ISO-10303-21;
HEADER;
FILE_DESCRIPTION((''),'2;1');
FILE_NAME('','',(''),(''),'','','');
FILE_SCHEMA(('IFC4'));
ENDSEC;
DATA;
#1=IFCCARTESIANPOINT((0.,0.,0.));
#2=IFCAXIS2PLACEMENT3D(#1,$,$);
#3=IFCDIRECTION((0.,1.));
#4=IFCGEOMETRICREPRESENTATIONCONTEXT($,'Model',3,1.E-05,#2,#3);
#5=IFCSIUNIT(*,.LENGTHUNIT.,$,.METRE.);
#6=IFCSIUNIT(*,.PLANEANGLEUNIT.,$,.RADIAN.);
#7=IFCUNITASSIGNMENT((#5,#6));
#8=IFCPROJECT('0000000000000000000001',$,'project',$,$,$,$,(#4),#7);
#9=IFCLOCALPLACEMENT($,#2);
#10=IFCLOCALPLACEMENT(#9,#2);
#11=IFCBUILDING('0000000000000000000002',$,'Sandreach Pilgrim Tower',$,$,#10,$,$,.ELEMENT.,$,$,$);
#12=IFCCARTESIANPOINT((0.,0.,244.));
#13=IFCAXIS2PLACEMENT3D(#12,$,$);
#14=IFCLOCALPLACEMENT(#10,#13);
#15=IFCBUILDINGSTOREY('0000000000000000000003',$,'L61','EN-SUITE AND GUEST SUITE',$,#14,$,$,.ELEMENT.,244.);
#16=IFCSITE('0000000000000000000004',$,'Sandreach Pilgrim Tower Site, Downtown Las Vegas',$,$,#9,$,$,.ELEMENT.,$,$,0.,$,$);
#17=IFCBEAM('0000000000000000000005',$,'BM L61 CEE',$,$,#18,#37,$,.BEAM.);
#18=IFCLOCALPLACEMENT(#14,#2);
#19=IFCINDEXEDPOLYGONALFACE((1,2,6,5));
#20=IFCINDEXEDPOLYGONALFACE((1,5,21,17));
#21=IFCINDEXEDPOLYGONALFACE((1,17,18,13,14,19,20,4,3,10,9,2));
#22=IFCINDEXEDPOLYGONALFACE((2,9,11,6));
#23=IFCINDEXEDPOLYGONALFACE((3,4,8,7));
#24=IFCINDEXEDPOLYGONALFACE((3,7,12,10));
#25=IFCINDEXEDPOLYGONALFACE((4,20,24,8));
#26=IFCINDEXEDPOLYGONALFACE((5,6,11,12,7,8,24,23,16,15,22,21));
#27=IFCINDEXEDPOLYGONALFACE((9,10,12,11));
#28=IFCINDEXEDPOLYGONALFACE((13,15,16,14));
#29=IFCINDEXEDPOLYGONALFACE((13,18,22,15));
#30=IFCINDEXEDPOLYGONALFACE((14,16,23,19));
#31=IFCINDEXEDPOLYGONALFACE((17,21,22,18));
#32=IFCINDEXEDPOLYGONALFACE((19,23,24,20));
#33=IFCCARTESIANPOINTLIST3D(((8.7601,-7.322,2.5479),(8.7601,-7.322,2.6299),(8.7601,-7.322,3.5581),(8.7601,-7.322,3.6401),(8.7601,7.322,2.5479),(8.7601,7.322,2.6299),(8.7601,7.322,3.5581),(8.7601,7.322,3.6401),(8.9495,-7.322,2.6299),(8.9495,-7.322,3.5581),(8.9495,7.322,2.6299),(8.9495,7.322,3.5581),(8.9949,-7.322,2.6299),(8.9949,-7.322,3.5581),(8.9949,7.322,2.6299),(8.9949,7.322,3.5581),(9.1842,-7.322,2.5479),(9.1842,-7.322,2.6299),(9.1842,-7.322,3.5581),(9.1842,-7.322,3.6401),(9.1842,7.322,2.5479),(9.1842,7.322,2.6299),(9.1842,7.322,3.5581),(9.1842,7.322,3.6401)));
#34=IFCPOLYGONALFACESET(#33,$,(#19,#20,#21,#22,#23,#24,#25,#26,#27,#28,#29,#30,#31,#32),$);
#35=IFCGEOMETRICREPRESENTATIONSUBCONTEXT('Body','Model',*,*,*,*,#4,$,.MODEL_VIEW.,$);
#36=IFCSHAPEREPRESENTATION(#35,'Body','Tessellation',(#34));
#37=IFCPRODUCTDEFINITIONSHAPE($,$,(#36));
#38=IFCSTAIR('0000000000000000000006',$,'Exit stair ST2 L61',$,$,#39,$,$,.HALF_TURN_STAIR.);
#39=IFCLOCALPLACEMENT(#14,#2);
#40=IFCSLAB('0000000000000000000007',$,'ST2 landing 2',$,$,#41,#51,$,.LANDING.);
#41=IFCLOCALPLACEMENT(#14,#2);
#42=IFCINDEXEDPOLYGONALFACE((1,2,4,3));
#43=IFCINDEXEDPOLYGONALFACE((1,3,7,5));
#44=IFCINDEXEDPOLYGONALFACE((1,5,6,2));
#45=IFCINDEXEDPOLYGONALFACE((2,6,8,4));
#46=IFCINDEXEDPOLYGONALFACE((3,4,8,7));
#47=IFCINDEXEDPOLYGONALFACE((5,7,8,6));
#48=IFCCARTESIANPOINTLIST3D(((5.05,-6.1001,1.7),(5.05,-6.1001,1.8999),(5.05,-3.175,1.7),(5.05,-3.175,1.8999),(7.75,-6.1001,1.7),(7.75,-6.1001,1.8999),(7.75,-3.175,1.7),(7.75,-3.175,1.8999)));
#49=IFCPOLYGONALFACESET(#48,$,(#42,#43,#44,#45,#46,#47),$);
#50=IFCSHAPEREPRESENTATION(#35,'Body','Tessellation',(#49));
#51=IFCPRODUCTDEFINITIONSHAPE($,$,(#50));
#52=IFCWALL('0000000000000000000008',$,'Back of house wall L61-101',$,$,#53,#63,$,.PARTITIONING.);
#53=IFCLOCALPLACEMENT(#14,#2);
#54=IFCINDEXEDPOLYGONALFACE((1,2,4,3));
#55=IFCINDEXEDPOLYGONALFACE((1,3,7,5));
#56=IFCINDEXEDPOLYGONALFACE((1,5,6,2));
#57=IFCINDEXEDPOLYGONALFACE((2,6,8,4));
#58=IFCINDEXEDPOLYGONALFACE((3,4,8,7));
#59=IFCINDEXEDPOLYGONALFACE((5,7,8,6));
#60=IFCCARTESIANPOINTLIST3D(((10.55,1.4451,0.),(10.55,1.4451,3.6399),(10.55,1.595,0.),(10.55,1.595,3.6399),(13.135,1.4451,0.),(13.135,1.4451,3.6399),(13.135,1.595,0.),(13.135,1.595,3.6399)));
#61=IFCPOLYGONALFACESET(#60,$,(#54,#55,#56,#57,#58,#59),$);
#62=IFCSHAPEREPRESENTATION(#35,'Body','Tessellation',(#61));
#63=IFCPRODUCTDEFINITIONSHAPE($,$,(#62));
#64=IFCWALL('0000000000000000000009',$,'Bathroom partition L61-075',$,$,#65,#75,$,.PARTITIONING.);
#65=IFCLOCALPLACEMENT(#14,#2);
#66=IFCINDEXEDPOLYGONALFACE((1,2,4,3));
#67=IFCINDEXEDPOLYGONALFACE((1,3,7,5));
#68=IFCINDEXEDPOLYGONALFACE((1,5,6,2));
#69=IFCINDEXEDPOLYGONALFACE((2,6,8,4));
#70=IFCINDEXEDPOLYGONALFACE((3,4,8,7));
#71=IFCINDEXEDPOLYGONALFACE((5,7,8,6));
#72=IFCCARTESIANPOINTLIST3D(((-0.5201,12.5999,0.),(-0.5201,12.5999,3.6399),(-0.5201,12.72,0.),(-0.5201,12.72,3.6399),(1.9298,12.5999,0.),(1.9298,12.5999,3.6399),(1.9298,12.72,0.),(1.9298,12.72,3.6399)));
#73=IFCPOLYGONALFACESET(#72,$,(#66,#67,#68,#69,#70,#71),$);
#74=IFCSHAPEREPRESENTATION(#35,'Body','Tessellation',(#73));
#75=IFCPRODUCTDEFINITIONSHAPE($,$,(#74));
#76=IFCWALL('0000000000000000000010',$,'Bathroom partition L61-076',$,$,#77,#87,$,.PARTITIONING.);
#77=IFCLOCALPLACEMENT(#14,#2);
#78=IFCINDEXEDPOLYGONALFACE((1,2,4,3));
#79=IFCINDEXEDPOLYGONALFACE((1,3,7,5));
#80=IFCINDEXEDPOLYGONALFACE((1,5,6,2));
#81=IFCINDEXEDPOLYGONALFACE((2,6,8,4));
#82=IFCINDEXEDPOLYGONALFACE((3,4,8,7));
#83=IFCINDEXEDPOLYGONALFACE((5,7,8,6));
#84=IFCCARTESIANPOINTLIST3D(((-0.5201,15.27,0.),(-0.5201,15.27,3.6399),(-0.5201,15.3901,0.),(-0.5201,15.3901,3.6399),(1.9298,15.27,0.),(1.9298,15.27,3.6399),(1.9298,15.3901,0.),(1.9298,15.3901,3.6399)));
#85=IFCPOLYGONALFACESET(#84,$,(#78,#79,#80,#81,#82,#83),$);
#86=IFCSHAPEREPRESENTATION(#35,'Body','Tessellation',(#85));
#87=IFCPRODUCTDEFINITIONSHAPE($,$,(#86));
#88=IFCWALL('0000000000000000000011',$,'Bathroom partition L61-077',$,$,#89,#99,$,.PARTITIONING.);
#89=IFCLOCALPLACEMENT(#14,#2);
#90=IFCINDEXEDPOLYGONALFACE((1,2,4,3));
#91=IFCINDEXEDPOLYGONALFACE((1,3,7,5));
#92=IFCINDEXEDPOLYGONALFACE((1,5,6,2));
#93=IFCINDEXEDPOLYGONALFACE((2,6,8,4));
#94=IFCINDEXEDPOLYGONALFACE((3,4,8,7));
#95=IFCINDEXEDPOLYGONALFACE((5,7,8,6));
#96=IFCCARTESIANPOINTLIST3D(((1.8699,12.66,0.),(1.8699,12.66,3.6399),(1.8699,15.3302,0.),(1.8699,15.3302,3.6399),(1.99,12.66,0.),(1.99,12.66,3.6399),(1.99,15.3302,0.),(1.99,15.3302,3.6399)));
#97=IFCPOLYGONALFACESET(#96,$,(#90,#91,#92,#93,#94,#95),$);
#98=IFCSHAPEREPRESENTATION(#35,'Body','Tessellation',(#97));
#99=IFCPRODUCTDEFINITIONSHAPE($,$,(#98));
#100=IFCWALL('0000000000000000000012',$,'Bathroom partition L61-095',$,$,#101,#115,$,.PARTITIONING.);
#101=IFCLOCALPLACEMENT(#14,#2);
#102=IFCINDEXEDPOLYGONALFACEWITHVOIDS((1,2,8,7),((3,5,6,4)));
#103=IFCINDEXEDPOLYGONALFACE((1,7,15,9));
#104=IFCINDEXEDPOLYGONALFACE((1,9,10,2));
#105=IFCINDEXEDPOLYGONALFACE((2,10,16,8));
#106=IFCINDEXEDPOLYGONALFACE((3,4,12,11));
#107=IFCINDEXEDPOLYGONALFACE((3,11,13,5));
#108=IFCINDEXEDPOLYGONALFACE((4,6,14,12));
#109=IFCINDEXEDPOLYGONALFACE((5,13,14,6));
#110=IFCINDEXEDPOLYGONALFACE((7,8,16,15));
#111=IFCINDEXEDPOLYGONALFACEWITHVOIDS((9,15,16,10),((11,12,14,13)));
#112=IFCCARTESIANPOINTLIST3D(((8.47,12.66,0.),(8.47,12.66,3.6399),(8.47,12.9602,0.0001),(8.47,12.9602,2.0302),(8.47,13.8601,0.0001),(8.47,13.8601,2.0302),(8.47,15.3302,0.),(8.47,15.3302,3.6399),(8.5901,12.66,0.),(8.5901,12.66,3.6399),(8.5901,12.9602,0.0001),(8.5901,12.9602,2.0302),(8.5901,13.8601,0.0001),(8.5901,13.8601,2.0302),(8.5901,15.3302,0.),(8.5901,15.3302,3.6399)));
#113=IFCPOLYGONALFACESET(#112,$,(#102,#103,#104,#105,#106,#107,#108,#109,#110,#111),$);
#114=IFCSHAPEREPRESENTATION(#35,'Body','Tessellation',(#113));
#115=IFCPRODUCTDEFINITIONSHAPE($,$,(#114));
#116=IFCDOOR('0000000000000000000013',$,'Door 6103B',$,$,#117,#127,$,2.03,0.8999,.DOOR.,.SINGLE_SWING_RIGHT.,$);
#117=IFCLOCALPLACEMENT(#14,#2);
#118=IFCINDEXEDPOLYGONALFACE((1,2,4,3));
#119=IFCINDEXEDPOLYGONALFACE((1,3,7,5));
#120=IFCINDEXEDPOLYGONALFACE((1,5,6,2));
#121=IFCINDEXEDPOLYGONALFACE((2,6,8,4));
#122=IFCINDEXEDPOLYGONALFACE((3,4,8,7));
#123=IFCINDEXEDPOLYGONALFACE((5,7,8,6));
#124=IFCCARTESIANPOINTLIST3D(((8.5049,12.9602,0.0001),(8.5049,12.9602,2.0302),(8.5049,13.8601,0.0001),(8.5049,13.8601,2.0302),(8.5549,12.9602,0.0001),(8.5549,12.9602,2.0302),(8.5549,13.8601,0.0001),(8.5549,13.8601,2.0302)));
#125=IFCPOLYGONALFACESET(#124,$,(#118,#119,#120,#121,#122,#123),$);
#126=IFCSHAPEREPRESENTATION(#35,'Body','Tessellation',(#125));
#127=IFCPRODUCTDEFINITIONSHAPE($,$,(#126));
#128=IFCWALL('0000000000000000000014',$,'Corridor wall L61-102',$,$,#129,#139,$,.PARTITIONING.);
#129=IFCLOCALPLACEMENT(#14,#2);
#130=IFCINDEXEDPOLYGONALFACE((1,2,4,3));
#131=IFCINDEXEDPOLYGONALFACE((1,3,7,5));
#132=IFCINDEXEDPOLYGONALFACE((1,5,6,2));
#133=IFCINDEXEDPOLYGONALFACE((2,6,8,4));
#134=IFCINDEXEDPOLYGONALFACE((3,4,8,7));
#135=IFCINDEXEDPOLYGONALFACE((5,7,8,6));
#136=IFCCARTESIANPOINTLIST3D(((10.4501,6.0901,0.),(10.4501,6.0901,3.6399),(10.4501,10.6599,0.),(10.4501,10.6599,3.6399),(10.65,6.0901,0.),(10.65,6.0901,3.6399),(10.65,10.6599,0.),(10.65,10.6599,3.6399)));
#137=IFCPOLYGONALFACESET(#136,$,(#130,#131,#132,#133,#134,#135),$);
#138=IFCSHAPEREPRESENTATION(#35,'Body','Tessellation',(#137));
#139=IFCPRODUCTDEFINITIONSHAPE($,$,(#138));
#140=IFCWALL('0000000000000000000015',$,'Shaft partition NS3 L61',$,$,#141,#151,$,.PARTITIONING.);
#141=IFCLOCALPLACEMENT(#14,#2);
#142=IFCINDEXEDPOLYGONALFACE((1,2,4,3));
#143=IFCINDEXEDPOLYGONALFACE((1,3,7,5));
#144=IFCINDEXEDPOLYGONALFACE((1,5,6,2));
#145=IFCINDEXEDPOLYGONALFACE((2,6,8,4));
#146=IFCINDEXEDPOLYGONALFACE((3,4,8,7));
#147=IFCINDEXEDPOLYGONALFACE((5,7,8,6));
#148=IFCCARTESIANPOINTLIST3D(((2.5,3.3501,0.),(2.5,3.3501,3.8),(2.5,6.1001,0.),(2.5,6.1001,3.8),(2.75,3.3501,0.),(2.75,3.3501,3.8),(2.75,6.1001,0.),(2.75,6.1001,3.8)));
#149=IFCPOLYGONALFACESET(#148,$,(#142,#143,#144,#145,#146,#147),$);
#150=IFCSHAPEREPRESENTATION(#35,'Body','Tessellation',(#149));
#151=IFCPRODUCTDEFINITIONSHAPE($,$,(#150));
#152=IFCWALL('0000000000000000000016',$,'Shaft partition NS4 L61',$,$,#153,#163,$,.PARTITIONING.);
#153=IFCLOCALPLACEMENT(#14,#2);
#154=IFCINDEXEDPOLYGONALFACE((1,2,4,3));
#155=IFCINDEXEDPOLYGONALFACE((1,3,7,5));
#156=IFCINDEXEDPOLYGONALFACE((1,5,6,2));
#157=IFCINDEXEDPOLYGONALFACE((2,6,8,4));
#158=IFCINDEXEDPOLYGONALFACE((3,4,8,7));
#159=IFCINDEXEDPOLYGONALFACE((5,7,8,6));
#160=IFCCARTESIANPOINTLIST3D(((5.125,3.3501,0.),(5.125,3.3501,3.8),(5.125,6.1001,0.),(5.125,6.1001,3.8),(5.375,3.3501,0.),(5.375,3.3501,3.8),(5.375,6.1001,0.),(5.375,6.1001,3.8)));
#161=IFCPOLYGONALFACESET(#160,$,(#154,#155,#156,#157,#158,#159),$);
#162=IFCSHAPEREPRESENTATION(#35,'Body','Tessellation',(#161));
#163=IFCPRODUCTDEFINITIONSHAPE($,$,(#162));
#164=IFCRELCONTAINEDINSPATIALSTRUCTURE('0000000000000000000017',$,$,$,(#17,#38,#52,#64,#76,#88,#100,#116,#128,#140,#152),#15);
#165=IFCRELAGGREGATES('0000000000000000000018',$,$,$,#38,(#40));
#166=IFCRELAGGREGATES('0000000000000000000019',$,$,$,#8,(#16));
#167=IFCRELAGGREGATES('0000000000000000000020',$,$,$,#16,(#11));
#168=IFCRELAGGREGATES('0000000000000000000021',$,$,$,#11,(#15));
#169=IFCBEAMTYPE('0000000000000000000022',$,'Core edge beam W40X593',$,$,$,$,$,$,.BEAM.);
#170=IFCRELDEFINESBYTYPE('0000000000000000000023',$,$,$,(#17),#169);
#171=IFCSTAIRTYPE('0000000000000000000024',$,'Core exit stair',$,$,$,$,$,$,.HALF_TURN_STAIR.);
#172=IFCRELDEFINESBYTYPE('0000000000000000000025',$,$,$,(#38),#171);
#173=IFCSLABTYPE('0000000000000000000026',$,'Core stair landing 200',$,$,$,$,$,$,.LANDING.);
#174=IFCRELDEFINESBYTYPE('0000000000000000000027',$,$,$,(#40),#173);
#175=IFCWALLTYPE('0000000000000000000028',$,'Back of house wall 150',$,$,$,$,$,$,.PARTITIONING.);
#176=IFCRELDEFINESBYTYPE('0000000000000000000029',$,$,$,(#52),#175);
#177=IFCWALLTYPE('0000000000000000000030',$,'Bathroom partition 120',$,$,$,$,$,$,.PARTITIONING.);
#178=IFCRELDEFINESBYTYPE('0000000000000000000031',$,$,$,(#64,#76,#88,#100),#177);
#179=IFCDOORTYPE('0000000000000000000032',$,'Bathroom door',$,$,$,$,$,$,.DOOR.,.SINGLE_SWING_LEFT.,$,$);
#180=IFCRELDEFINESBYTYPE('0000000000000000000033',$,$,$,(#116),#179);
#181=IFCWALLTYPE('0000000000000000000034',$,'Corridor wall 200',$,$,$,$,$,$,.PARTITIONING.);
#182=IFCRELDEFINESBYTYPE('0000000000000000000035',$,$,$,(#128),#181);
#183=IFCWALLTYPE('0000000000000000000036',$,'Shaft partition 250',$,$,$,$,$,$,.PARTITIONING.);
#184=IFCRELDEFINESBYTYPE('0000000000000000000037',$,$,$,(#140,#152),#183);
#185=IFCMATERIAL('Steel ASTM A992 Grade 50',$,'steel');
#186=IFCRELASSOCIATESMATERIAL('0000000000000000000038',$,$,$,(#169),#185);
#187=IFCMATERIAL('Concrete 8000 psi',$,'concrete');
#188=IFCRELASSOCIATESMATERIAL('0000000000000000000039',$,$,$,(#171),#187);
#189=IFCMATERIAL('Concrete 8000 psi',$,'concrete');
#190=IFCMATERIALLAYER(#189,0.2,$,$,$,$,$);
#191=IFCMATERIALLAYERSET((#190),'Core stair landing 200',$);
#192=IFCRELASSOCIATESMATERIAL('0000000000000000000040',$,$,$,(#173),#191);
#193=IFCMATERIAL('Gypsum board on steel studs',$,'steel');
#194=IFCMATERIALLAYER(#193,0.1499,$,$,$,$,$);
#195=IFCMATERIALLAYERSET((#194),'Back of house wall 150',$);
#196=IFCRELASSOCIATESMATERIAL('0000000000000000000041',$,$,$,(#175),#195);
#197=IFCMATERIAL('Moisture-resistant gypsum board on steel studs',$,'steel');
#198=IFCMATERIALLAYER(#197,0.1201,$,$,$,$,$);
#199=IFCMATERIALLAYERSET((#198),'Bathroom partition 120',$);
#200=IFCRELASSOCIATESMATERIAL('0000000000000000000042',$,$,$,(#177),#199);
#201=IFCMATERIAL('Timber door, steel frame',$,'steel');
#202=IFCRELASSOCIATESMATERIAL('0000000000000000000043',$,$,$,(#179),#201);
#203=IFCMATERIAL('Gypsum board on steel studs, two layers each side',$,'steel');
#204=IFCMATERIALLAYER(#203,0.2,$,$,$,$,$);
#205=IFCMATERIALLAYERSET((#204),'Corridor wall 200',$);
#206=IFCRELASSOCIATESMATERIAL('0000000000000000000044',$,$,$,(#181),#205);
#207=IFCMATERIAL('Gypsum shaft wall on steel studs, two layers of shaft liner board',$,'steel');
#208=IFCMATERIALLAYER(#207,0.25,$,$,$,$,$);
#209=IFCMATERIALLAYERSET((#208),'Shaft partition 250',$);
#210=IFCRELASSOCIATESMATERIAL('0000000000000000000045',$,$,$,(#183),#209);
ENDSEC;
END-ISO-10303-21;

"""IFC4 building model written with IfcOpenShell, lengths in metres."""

from ifc_helpers import new_model, si_unit, direction, frame, frame_2d, origin, origin_2d, place, context, subcontext, project, spatial, polyline, rectangle, i_section, outline, extrude, material, layer, layer_set, material_profile, profile_set, type_object, element, fill, aggregate, save


model = new_model("IFC4")

# Units and contexts
model_context = context("Model", 3, precision=1e-05, world=origin(), true_north=direction((0.0, 1.0)))
body_context = subcontext(model_context, "Body", "Model", "MODEL_VIEW")
ifc_project = project(units=[si_unit("LENGTHUNIT", "METRE"), si_unit("PLANEANGLEUNIT", "RADIAN")], contexts=[model_context])

# Site, building, storey
site_placement = place(None, origin())
site = spatial("IfcSite", under=ifc_project, at=site_placement, Name="Sandreach Pilgrim Tower Site, Downtown Las Vegas", CompositionType="ELEMENT", RefElevation=0.0)
building_placement = place(site_placement, origin())
building = spatial("IfcBuilding", under=site, at=building_placement, Name="Sandreach Pilgrim Tower", CompositionType="ELEMENT")
storey_placement = place(building_placement, frame((0.0, 0.0, 244.0)))
storey = spatial("IfcBuildingStorey", under=building, at=storey_placement, Name="L61", Description="EN-SUITE AND GUEST SUITE", CompositionType="ELEMENT", Elevation=244.0)

# Beam
ifc_material_1 = material(Name="Steel ASTM A992 Grade 50", Category="steel")
ifc_material_profile = material_profile(ifc_material_1, i_section(OverallWidth=0.4241, OverallDepth=1.0923, WebThickness=0.0454, FlangeThickness=0.082, at=origin_2d()), Name="W40X593")
ifc_profile_set = profile_set([ifc_material_profile], Name="Steel ASTM A992 Grade 50")
beam_type = type_object("IfcBeamType", Name="Core edge beam W40X593", PredefinedType="BEAM", material=ifc_profile_set)
beam_placement = place(storey_placement, frame((8.9722, 7.322, 3.094), z_axis=(0.0, -1.0, 0.0), x_axis=(1.0, 0.0, 0.0)))
element("IfcBeam", 1, at=beam_placement, inside=storey, type_object=beam_type, Name="BM L61 CEE", PredefinedType="BEAM", context=body_context, shape_type="SweptSolid", body=[
    extrude(i_section(OverallWidth=0.4241, OverallDepth=1.0923, WebThickness=0.0454, FlangeThickness=0.082, at=origin_2d()), origin(), (0.0, 0.0, 1.0), 14.644),
])

# Stair, slab
ifc_material_2 = material(Name="Concrete 8000 psi", Category="concrete")
stair_type = type_object("IfcStairType", Name="Core exit stair", PredefinedType="HALF_TURN_STAIR", material=ifc_material_2)
stair_placement = place(storey_placement, origin())
stair = element("IfcStair", 2, at=stair_placement, inside=storey, type_object=stair_type, Name="Exit stair ST2 L61", PredefinedType="HALF_TURN_STAIR")
ifc_material_3 = material(Name="Concrete 8000 psi", Category="concrete")
ifc_layer_1 = layer(ifc_material_3, 0.2)
ifc_layer_set_1 = layer_set([ifc_layer_1], Name="Core stair landing 200")
slab_type = type_object("IfcSlabType", Name="Core stair landing 200", PredefinedType="LANDING", material=ifc_layer_set_1)
slab_placement = place(storey_placement, frame((0.0, 0.0, 1.7)))
slab = element("IfcSlab", 3, at=slab_placement, type_object=slab_type, Name="ST2 landing 2", PredefinedType="LANDING", context=body_context, shape_type="SweptSolid", body=[
    extrude(outline(polyline([(5.05, -6.1001), (7.75, -6.1001), (7.75, -3.175), (5.05, -3.175), (5.05, -6.1001)])), origin(), (0.0, 0.0, 1.0), 0.2),
])
aggregate(stair, [slab])

# Walls
ifc_material_4 = material(Name="Gypsum board on steel studs", Category="steel")
ifc_layer_2 = layer(ifc_material_4, 0.1499)
ifc_layer_set_2 = layer_set([ifc_layer_2], Name="Back of house wall 150")
wall_type_1 = type_object("IfcWallType", Name="Back of house wall 150", PredefinedType="PARTITIONING", material=ifc_layer_set_2)
wall_1_placement = place(storey_placement, frame((10.55, 1.52, 0.0), z_axis=(0.0, 0.0, 1.0), x_axis=(1.0, 0.0, 0.0)))
element("IfcWall", 4, at=wall_1_placement, inside=storey, type_object=wall_type_1, Name="Back of house wall L61-101", PredefinedType="PARTITIONING", context=body_context, shape_type="SweptSolid", body=[
    extrude(rectangle(XDim=2.585, YDim=0.1499, at=frame_2d((1.2925, 0.0))), origin(), (0.0, 0.0, 1.0), 3.6399),
])
ifc_material_5 = material(Name="Moisture-resistant gypsum board on steel studs", Category="steel")
ifc_layer_3 = layer(ifc_material_5, 0.1201)
ifc_layer_set_3 = layer_set([ifc_layer_3], Name="Bathroom partition 120")
wall_type_2 = type_object("IfcWallType", Name="Bathroom partition 120", PredefinedType="PARTITIONING", material=ifc_layer_set_3)
for number, where, z_axis, x_axis, name in (
    (5, (1.9299, 12.6599, 0.0), (0.0, 0.0, 1.0), (-1.0, 0.0, 0.0), "Bathroom partition L61-075"),
    (6, (1.9299, 15.3301, 0.0), (0.0, 0.0, 1.0), (-1.0, 0.0, 0.0), "Bathroom partition L61-076"),
):
    element("IfcWall", number, at=place(storey_placement, frame(where, z_axis=z_axis, x_axis=x_axis)), inside=storey, type_object=wall_type_2, Name=name, PredefinedType="PARTITIONING", context=body_context, shape_type="SweptSolid", body=[
        extrude(rectangle(XDim=2.45, YDim=0.1201, at=frame_2d((1.2251, 0.0))), origin(), (0.0, 0.0, 1.0), 3.6399),
    ])
wall_2_placement = place(storey_placement, frame((1.9299, 15.3301, 0.0), z_axis=(0.0, 0.0, 1.0), x_axis=(0.0, -1.0, 0.0)))
element("IfcWall", 7, at=wall_2_placement, inside=storey, type_object=wall_type_2, Name="Bathroom partition L61-077", PredefinedType="PARTITIONING", context=body_context, shape_type="SweptSolid", body=[
    extrude(rectangle(XDim=2.6702, YDim=0.1201, at=frame_2d((1.335, 0.0))), origin(), (0.0, 0.0, 1.0), 3.6399),
])

# Wall, opening, door
wall_3_placement = place(storey_placement, frame((8.53, 15.3301, 0.0), z_axis=(0.0, 0.0, 1.0), x_axis=(0.0, -1.0, 0.0)))
wall_3 = element("IfcWall", 8, at=wall_3_placement, inside=storey, type_object=wall_type_2, Name="Bathroom partition L61-095", PredefinedType="PARTITIONING", context=body_context, shape_type="SweptSolid", body=[
    extrude(rectangle(XDim=2.6702, YDim=0.1201, at=frame_2d((1.335, 0.0))), origin(), (0.0, 0.0, 1.0), 3.6399),
])
opening_1_placement = place(wall_3_placement, frame((1.47, 0.0, 0.0)))
opening_1 = element("IfcOpeningElement", 9, at=opening_1_placement, cuts=wall_3, PredefinedType="OPENING", context=body_context, shape_type="SweptSolid", body=[
    extrude(rectangle(XDim=0.8999, YDim=2.03, at=frame_2d((0.45, 1.0151))), frame((0.0, 0.0601, 0.0), z_axis=(0.0, -1.0, 0.0), x_axis=(1.0, 0.0, 0.0)), (0.0, 0.0, 1.0), 0.1201),
])
ifc_material_6 = material(Name="Timber door, steel frame", Category="steel")
door_type_1 = type_object("IfcDoorType", Name="Bathroom door", OperationType="SINGLE_SWING_LEFT", PredefinedType="DOOR", material=ifc_material_6)
door_1_placement = place(opening_1_placement, origin())
door_1 = element("IfcDoor", 10, at=door_1_placement, inside=storey, type_object=door_type_1, Name="Door 6103B", OperationType="SINGLE_SWING_RIGHT", OverallHeight=2.03, OverallWidth=0.8999, PredefinedType="DOOR", context=body_context, shape_type="SweptSolid", body=[
    extrude(rectangle(XDim=0.8999, YDim=2.03, at=frame_2d((0.45, 1.0151))), frame((0.0, 0.0249, 0.0), z_axis=(0.0, -1.0, 0.0), x_axis=(1.0, 0.0, 0.0)), (0.0, 0.0, 1.0), 0.05),
])
fill(opening_1, door_1)
ifc_material_7 = material(Name="Gypsum board on steel studs, two layers each side", Category="steel")
ifc_layer_4 = layer(ifc_material_7, 0.2)
ifc_layer_set_4 = layer_set([ifc_layer_4], Name="Corridor wall 200")
wall_type_3 = type_object("IfcWallType", Name="Corridor wall 200", PredefinedType="PARTITIONING", material=ifc_layer_set_4)

# Walls
wall_4_placement = place(storey_placement, frame((10.55, 6.0901, 0.0), z_axis=(0.0, 0.0, 1.0), x_axis=(0.0, 1.0, 0.0)))
element("IfcWall", 11, at=wall_4_placement, inside=storey, type_object=wall_type_3, Name="Corridor wall L61-102", PredefinedType="PARTITIONING", context=body_context, shape_type="SweptSolid", body=[
    extrude(rectangle(XDim=4.5698, YDim=0.2, at=frame_2d((2.2849, 0.0))), origin(), (0.0, 0.0, 1.0), 3.6399),
])
ifc_material_8 = material(Name="Gypsum shaft wall on steel studs, two layers of shaft liner board", Category="steel")
ifc_layer_5 = layer(ifc_material_8, 0.25)
ifc_layer_set_5 = layer_set([ifc_layer_5], Name="Shaft partition 250")
wall_type_4 = type_object("IfcWallType", Name="Shaft partition 250", PredefinedType="PARTITIONING", material=ifc_layer_set_5)
for number, where, z_axis, x_axis, name in (
    (12, (2.625, 3.3501, 0.0), (0.0, 0.0, 1.0), (0.0, 1.0, 0.0), "Shaft partition NS3 L61"),
    (13, (5.25, 3.3501, 0.0), (0.0, 0.0, 1.0), (0.0, 1.0, 0.0), "Shaft partition NS4 L61"),
):
    element("IfcWall", number, at=place(storey_placement, frame(where, z_axis=z_axis, x_axis=x_axis)), inside=storey, type_object=wall_type_4, Name=name, PredefinedType="PARTITIONING", context=body_context, shape_type="SweptSolid", body=[
        extrude(rectangle(XDim=2.75, YDim=0.25, at=frame_2d((1.375, 0.0))), origin(), (0.0, 0.0, 1.0), 3.8),
    ])

save(model, "model.ifc")
